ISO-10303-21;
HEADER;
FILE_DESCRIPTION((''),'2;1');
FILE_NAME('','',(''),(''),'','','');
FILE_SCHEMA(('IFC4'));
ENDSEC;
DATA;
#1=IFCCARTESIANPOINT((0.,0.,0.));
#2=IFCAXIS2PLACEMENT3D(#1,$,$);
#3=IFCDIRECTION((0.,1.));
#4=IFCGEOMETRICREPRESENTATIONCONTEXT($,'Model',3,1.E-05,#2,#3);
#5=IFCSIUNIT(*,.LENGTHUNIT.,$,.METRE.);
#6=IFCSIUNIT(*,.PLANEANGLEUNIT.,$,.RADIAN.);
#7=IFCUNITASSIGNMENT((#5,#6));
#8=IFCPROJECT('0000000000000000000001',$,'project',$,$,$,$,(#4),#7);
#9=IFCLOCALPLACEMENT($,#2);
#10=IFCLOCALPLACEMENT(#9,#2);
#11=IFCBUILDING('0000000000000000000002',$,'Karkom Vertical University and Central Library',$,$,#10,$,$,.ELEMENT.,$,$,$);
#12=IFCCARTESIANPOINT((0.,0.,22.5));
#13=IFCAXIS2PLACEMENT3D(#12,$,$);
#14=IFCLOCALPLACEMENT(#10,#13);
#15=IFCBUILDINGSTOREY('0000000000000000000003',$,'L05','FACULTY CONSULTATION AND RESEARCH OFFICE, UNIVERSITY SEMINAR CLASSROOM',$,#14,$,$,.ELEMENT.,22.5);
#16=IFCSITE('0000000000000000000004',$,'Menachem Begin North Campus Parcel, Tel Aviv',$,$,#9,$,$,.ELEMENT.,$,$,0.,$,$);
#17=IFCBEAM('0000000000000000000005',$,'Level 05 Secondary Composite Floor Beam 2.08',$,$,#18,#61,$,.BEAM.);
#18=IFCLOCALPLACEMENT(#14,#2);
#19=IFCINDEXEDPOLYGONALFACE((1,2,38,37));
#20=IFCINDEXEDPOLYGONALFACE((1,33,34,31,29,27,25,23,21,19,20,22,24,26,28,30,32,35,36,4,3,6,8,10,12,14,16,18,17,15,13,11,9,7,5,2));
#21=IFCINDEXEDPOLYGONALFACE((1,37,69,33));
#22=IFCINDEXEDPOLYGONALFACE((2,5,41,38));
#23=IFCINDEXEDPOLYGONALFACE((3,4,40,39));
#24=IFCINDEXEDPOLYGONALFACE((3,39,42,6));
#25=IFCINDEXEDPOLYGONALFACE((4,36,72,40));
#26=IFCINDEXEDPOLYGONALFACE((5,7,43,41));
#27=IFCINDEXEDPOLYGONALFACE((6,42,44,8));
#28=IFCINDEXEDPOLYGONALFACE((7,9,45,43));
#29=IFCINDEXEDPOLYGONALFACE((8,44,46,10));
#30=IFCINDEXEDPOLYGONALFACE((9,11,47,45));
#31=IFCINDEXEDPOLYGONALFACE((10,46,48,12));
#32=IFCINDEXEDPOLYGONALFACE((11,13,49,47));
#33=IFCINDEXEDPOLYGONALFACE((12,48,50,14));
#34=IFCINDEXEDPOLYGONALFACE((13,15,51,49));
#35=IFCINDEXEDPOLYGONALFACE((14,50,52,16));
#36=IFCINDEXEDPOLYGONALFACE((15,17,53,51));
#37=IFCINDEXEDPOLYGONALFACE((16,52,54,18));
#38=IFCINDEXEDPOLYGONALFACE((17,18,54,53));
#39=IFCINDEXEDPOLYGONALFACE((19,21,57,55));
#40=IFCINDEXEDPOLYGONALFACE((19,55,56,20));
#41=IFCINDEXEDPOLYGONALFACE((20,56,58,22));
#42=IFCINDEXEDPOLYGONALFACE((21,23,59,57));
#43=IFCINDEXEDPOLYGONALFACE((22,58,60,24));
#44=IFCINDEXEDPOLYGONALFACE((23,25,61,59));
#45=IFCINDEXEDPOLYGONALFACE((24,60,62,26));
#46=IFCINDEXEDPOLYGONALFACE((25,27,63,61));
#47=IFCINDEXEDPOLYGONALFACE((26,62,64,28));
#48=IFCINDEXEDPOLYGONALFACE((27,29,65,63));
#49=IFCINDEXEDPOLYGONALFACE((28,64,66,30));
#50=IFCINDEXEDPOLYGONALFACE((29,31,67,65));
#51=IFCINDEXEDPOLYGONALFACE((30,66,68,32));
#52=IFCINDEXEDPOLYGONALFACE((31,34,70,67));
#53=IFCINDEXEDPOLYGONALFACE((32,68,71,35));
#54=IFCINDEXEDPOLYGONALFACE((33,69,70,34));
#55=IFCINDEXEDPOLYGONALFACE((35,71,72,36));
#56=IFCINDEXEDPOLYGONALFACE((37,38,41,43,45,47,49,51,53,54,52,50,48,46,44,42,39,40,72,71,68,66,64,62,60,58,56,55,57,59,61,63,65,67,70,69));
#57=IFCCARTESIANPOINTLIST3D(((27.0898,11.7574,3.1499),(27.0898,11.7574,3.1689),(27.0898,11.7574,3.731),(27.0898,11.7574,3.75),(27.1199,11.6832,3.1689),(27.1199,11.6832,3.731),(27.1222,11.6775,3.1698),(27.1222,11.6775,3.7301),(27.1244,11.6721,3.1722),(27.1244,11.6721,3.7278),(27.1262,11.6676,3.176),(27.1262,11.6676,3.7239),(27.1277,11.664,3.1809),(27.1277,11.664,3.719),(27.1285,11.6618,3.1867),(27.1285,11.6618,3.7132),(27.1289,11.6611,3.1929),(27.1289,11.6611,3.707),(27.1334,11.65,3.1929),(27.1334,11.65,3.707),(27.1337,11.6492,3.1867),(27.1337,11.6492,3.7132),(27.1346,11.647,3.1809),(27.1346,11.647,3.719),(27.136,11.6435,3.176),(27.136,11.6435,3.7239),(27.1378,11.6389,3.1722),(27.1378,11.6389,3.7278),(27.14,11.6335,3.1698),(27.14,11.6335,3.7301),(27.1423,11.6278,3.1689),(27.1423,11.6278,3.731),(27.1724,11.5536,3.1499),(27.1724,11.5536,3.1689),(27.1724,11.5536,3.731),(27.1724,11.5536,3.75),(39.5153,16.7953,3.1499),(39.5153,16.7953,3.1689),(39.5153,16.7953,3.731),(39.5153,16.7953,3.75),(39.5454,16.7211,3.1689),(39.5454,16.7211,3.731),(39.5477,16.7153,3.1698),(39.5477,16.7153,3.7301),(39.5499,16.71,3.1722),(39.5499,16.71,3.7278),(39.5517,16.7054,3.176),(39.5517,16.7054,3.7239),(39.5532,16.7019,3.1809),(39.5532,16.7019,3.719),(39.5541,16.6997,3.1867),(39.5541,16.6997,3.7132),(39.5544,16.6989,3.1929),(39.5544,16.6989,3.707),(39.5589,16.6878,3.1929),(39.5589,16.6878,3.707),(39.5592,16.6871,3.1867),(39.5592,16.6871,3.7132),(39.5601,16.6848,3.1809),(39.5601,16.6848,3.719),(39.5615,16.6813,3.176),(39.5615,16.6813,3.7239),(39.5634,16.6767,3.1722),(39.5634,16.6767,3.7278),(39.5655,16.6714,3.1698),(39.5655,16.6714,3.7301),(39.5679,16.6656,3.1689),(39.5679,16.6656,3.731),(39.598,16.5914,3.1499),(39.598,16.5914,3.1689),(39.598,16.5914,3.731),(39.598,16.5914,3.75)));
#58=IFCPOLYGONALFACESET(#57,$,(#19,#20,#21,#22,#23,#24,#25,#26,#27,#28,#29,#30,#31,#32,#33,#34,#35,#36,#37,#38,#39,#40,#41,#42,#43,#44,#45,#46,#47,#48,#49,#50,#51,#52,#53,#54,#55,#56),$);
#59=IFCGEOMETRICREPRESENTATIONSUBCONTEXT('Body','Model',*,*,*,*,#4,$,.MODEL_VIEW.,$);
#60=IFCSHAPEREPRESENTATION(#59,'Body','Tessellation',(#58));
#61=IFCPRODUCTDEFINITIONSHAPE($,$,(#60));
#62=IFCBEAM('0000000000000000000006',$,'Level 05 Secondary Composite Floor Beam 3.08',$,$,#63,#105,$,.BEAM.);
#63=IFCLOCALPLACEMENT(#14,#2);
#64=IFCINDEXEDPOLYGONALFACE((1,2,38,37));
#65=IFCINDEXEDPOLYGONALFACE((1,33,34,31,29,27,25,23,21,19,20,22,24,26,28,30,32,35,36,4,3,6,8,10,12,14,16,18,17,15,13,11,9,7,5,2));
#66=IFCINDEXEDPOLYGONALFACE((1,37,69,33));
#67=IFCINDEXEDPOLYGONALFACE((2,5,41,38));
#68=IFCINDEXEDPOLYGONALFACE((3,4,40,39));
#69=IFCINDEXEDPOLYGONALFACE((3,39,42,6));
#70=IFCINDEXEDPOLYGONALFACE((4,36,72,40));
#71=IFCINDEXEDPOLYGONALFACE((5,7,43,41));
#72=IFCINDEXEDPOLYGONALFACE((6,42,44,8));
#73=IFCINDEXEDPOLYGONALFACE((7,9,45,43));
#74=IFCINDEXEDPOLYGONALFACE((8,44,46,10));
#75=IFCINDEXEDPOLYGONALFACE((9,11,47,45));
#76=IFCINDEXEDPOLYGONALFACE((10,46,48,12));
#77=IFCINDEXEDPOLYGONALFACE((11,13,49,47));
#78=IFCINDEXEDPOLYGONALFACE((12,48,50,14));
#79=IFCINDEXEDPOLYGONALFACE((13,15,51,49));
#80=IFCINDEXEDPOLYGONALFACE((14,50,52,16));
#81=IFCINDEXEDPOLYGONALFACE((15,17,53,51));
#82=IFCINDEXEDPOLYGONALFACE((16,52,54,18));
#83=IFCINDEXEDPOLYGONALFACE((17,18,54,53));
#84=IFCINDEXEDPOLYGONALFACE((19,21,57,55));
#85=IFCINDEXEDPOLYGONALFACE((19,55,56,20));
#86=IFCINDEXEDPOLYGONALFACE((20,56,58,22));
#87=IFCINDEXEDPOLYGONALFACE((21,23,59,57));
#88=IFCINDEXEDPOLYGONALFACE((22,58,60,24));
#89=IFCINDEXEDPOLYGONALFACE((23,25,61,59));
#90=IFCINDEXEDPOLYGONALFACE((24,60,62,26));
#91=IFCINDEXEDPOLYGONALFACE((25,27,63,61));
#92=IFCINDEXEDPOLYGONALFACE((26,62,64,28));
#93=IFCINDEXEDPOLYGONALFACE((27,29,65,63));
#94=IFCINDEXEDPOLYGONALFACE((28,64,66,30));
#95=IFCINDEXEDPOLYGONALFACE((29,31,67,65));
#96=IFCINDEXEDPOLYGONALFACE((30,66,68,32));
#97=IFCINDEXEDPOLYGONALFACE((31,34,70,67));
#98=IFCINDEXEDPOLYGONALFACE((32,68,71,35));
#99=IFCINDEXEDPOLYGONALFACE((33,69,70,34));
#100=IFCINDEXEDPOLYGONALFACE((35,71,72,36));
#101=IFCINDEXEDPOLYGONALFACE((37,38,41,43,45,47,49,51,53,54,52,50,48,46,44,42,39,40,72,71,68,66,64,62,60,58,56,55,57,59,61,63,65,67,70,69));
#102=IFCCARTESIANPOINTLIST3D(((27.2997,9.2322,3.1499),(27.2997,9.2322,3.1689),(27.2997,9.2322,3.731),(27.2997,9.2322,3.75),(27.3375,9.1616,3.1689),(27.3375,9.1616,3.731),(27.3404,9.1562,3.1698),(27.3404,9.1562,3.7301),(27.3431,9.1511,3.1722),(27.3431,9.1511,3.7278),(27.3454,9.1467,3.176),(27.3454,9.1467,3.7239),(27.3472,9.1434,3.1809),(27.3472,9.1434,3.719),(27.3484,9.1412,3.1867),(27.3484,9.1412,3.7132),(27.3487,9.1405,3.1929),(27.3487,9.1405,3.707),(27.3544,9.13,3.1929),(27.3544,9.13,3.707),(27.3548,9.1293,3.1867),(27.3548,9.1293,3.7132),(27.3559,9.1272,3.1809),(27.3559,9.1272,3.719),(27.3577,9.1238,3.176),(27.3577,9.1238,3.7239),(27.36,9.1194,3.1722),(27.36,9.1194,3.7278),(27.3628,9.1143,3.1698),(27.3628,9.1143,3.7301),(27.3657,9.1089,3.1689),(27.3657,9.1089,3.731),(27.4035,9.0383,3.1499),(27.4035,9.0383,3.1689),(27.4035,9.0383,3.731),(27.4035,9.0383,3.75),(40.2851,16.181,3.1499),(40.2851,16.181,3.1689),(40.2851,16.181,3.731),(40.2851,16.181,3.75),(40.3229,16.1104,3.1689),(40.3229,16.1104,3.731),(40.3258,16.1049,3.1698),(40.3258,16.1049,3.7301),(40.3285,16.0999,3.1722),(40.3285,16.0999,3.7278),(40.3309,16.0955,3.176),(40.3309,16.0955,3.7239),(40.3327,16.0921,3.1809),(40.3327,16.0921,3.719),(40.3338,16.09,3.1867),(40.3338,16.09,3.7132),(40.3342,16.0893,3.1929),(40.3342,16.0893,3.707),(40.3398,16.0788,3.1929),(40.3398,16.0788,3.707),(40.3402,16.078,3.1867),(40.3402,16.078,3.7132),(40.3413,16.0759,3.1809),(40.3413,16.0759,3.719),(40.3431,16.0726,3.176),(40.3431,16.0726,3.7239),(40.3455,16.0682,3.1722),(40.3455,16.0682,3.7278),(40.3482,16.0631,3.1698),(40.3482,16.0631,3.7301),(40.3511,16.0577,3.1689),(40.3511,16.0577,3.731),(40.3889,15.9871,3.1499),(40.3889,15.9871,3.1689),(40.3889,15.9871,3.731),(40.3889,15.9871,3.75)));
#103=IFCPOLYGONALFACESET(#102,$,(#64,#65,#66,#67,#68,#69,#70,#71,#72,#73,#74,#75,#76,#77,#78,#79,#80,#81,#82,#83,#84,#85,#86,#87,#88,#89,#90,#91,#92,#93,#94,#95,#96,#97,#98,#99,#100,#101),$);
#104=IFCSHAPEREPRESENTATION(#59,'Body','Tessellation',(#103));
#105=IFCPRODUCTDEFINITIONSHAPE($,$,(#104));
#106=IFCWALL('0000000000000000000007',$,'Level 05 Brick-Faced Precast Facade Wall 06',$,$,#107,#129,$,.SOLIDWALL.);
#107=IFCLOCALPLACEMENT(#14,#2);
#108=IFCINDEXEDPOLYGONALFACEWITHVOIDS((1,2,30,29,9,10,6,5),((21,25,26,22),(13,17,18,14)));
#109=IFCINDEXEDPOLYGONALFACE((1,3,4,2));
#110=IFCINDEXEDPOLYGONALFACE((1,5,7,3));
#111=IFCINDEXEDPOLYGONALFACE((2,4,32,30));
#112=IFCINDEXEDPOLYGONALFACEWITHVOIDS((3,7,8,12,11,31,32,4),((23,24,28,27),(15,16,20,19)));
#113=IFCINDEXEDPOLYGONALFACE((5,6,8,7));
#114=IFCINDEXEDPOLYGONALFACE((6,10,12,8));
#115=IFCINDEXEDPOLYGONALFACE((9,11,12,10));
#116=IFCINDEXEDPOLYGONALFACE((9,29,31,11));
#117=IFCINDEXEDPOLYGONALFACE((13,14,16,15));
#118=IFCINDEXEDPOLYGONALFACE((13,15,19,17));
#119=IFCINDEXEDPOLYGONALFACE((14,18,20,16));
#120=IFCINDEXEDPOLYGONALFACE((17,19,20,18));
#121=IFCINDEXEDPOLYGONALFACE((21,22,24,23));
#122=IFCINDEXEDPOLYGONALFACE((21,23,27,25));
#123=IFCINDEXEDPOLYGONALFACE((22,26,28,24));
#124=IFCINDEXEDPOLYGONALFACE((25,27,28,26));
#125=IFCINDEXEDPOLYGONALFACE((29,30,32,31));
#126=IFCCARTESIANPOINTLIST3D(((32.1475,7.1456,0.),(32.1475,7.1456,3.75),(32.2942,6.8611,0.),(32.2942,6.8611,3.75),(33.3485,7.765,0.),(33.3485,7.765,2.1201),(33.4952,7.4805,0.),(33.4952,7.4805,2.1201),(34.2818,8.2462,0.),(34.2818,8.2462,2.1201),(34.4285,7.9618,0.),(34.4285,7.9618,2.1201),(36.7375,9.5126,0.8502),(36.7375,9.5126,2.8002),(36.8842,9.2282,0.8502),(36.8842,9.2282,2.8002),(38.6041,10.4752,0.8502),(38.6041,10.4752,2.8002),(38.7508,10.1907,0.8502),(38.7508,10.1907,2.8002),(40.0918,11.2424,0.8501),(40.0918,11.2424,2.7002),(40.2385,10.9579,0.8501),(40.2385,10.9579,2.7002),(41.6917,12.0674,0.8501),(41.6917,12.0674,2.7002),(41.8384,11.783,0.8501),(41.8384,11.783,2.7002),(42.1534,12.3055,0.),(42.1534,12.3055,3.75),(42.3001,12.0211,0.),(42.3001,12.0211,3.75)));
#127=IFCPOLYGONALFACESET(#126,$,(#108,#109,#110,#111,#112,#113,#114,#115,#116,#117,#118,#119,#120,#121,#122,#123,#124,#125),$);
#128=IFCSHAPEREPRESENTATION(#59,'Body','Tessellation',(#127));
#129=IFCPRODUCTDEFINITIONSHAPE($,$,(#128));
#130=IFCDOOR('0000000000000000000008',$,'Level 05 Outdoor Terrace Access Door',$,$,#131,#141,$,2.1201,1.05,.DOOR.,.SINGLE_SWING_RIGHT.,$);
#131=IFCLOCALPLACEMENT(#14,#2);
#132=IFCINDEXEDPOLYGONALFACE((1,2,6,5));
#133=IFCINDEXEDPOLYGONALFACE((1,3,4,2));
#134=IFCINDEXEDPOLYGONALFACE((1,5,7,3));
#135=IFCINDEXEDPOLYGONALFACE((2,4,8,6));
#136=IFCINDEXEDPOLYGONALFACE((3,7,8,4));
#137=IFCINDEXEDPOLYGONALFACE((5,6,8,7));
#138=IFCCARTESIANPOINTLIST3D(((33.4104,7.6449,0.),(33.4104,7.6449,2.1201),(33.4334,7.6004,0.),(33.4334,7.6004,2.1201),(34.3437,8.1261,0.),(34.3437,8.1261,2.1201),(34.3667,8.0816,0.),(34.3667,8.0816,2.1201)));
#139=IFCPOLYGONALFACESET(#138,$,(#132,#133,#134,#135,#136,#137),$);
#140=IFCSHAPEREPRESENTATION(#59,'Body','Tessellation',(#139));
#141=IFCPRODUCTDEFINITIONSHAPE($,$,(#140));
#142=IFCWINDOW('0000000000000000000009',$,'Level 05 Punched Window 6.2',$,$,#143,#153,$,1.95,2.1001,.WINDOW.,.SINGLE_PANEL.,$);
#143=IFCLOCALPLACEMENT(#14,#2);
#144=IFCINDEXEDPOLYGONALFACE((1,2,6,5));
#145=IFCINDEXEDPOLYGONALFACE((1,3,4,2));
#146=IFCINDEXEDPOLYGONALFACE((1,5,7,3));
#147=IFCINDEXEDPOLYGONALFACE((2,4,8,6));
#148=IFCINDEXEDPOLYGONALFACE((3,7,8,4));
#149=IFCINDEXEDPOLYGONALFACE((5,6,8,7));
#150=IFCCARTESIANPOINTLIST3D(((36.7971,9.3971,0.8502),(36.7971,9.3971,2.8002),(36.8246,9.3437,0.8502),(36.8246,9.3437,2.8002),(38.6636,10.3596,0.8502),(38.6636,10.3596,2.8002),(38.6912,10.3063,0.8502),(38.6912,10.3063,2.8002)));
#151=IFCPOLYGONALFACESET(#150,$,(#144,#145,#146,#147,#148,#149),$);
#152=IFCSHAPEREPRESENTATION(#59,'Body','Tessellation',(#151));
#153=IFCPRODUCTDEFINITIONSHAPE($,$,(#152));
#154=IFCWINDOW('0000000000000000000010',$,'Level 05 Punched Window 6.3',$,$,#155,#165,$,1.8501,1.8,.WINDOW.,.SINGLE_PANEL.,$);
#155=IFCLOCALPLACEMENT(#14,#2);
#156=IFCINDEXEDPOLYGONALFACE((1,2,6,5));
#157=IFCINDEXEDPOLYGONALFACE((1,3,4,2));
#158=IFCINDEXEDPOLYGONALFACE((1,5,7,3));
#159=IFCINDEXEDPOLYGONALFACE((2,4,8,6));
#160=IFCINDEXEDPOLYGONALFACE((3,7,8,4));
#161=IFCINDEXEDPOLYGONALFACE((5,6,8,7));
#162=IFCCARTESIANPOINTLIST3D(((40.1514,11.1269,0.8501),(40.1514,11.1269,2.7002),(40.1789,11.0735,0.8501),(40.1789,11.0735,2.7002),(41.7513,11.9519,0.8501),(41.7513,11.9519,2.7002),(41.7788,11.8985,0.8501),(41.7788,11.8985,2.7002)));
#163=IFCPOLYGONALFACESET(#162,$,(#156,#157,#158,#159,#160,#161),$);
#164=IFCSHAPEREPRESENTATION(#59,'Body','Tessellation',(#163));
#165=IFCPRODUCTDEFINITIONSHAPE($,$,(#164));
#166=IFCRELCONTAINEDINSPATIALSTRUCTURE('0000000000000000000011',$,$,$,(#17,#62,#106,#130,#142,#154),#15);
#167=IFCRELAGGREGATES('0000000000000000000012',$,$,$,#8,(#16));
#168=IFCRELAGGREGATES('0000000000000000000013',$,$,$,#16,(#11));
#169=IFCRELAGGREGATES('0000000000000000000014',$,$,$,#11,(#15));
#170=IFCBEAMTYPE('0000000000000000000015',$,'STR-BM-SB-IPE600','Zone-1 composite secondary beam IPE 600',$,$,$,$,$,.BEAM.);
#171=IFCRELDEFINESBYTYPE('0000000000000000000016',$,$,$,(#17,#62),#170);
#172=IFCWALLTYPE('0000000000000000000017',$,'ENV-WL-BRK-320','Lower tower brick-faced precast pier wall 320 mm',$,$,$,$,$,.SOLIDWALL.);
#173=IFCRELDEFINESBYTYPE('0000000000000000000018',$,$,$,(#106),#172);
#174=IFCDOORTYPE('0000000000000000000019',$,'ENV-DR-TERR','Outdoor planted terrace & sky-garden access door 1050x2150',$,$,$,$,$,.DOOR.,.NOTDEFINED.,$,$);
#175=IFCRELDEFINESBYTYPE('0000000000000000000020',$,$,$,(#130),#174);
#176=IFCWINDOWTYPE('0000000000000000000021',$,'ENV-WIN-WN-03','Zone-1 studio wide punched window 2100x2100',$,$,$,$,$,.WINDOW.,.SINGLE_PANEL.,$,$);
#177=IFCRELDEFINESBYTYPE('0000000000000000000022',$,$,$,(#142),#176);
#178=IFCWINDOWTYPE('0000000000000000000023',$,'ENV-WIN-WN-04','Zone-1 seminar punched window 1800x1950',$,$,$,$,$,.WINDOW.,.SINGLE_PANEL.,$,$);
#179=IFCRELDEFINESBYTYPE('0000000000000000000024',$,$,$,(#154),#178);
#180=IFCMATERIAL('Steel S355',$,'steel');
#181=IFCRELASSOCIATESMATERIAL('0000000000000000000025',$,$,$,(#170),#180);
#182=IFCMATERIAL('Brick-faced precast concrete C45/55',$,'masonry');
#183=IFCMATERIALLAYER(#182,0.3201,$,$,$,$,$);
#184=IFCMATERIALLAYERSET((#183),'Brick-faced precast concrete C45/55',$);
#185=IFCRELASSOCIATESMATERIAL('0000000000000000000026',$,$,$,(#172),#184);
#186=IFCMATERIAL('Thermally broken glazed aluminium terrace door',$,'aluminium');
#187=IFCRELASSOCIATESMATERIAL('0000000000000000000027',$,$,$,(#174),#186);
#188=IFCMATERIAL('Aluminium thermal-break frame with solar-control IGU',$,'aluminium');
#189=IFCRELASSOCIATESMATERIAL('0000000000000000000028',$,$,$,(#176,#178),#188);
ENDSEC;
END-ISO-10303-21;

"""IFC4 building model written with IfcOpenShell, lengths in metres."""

from ifc_helpers import new_model, si_unit, direction, frame, frame_2d, origin, origin_with_axes, origin_2d, place, context, subcontext, project, spatial, rectangle, i_section, extrude, source, transform, mapped, material, layer, layer_set, material_profile, profile_set, type_object, element, fill, save


model = new_model("IFC4")

# Units and contexts
model_context = context("Model", 3, precision=1e-05, world=origin(), true_north=direction((0.0, 1.0)))
body_context = subcontext(model_context, "Body", "Model", "MODEL_VIEW")
ifc_project = project(units=[si_unit("LENGTHUNIT", "METRE"), si_unit("PLANEANGLEUNIT", "RADIAN")], contexts=[model_context])

# Site, building, storey
site_placement = place(None, origin())
site = spatial("IfcSite", under=ifc_project, at=site_placement, Name="Menachem Begin North Campus Parcel, Tel Aviv", CompositionType="ELEMENT", RefElevation=0.0)
building_placement = place(site_placement, origin())
building = spatial("IfcBuilding", under=site, at=building_placement, Name="Karkom Vertical University and Central Library", CompositionType="ELEMENT")
storey_placement = place(building_placement, frame((0.0, 0.0, 22.5)))
storey = spatial("IfcBuildingStorey", under=building, at=storey_placement, Name="L05", Description="FACULTY CONSULTATION AND RESEARCH OFFICE, UNIVERSITY SEMINAR CLASSROOM", CompositionType="ELEMENT", Elevation=22.5)

# Beams
ifc_material_1 = material(Name="Steel S355", Category="steel")
ifc_material_profile_1 = material_profile(ifc_material_1, i_section(OverallWidth=0.22, OverallDepth=0.6001, WebThickness=0.012, FlangeThickness=0.019, FilletRadius=0.0239, at=origin_2d()), Name="IPE 600")
ifc_profile_set_1 = profile_set([ifc_material_profile_1], Name="Steel S355")
beam_type_1 = type_object("IfcBeamType", Name="STR-BM-SB-IPE600", Description="Zone-1 composite secondary beam IPE 600", PredefinedType="BEAM", material=ifc_profile_set_1)
shared_shape_1 = source(origin_with_axes(), body_context, "Body", "SweptSolid", [
    extrude(i_section(OverallWidth=0.22, OverallDepth=0.6001, WebThickness=0.012, FlangeThickness=0.019, FilletRadius=0.0239, at=origin_2d()), origin(), (0.0, 0.0, 1.0), 13.408),
])
beam_1_placement = place(storey_placement, frame((27.1311, 11.6555, 3.45), z_axis=(0.926727, 0.375735, 0.0), x_axis=(-0.375735, 0.926727, 0.0)))
element("IfcBeam", 1, at=beam_1_placement, inside=storey, type_object=beam_type_1, Name="Level 05 Secondary Composite Floor Beam 2.08", PredefinedType="BEAM", context=body_context, shape_type="MappedRepresentation", body=[
    mapped(shared_shape_1, transform((0.0, 0.0, 0.0), scale=1.0)),
])
shared_shape_2 = source(origin_with_axes(), body_context, "Body", "SweptSolid", [
    extrude(i_section(OverallWidth=0.22, OverallDepth=0.6001, WebThickness=0.012, FlangeThickness=0.019, FilletRadius=0.0239, at=origin_2d()), origin(), (0.0, 0.0, 1.0), 14.7278),
])
beam_2_placement = place(storey_placement, frame((27.3516, 9.1353, 3.45), z_axis=(0.881698, 0.471815, 0.0), x_axis=(-0.471815, 0.881698, 0.0)))
element("IfcBeam", 2, at=beam_2_placement, inside=storey, type_object=beam_type_1, Name="Level 05 Secondary Composite Floor Beam 3.08", PredefinedType="BEAM", context=body_context, shape_type="MappedRepresentation", body=[
    mapped(shared_shape_2, transform((0.0, 0.0, 0.0), scale=1.0)),
])

# Wall, openings, door, windows
ifc_material_2 = material(Name="Brick-faced precast concrete C45/55", Category="masonry")
ifc_layer_1 = layer(ifc_material_2, 0.3201)
ifc_layer_set_1 = layer_set([ifc_layer_1], Name="Brick-faced precast concrete C45/55")
wall_type_1 = type_object("IfcWallType", Name="ENV-WL-BRK-320", Description="Lower tower brick-faced precast pier wall 320 mm", PredefinedType="SOLIDWALL", material=ifc_layer_set_1)
wall_1_placement = place(storey_placement, frame((32.2209, 7.0034, 0.0), z_axis=(0.0, 0.0, 1.0), x_axis=(0.88878, 0.458334, 0.0)))
wall_1 = element("IfcWall", 3, at=wall_1_placement, inside=storey, type_object=wall_type_1, Name="Level 05 Brick-Faced Precast Facade Wall 06", PredefinedType="SOLIDWALL", context=body_context, shape_type="SweptSolid", body=[
    extrude(rectangle(XDim=11.2581, YDim=0.3201, at=frame_2d((5.6289, 0.0))), origin(), (0.0, 0.0, 1.0), 3.75),
])
opening_1_placement = place(wall_1_placement, frame((5.1643, 0.0, 0.8501)))
opening_1 = element("IfcOpeningElement", 4, at=opening_1_placement, cuts=wall_1, PredefinedType="OPENING", context=body_context, shape_type="SweptSolid", body=[
    extrude(rectangle(XDim=2.1001, YDim=1.95, at=frame_2d((1.05, 0.9751))), frame((0.0, 0.1699, 0.0), z_axis=(0.0, -1.0, 0.0), x_axis=(1.0, 0.0, 0.0)), (0.0, 0.0, 1.0), 0.3401),
])
opening_2_placement = place(wall_1_placement, frame((8.9385, 0.0, 0.8501)))
opening_2 = element("IfcOpeningElement", 5, at=opening_2_placement, cuts=wall_1, PredefinedType="OPENING", context=body_context, shape_type="SweptSolid", body=[
    extrude(rectangle(XDim=1.8, YDim=1.8501, at=frame_2d((0.8999, 0.925))), frame((0.0, 0.1699, 0.0), z_axis=(0.0, -1.0, 0.0), x_axis=(1.0, 0.0, 0.0)), (0.0, 0.0, 1.0), 0.3401),
])
opening_3_placement = place(wall_1_placement, frame((1.3513, 0.0, 0.0)))
opening_3 = element("IfcOpeningElement", 6, at=opening_3_placement, cuts=wall_1, PredefinedType="OPENING", context=body_context, shape_type="SweptSolid", body=[
    extrude(rectangle(XDim=1.05, YDim=2.1201, at=frame_2d((0.5249, 1.0601))), frame((0.0, 0.1699, 0.0), z_axis=(0.0, -1.0, 0.0), x_axis=(1.0, 0.0, 0.0)), (0.0, 0.0, 1.0), 0.3401),
])
ifc_material_3 = material(Name="Thermally broken glazed aluminium terrace door", Category="aluminium")
door_type_1 = type_object("IfcDoorType", Name="ENV-DR-TERR", Description="Outdoor planted terrace & sky-garden access door 1050x2150", OperationType="NOTDEFINED", PredefinedType="DOOR", material=ifc_material_3)
shared_shape_3 = source(origin_with_axes(), body_context, "Body", "SweptSolid", [
    extrude(rectangle(XDim=1.05, YDim=2.1201, at=frame_2d((0.5249, 1.0601))), frame((0.0, 0.0249, 0.0), z_axis=(0.0, -1.0, 0.0), x_axis=(1.0, 0.0, 0.0)), (0.0, 0.0, 1.0), 0.05),
])
door_1_placement = place(opening_3_placement, origin())
door_1 = element("IfcDoor", 7, at=door_1_placement, inside=storey, type_object=door_type_1, Name="Level 05 Outdoor Terrace Access Door", OperationType="SINGLE_SWING_RIGHT", OverallHeight=2.1201, OverallWidth=1.05, PredefinedType="DOOR", context=body_context, shape_type="MappedRepresentation", body=[
    mapped(shared_shape_3, transform((0.0, 0.0, 0.0), scale=1.0)),
])
fill(opening_3, door_1)
ifc_material_4 = material(Name="Aluminium thermal-break frame with solar-control IGU", Category="aluminium")
window_type_1 = type_object("IfcWindowType", Name="ENV-WIN-WN-03", Description="Zone-1 studio wide punched window 2100x2100", PartitioningType="SINGLE_PANEL", PredefinedType="WINDOW", material=ifc_material_4)
shared_shape_4 = source(origin_with_axes(), body_context, "Body", "SweptSolid", [
    extrude(rectangle(XDim=2.1001, YDim=1.95, at=frame_2d((1.05, 0.9751))), frame((0.0, 0.03, 0.0), z_axis=(0.0, -1.0, 0.0), x_axis=(1.0, 0.0, 0.0)), (0.0, 0.0, 1.0), 0.0601),
])
window_1_placement = place(opening_1_placement, origin())
window_1 = element("IfcWindow", 8, at=window_1_placement, inside=storey, type_object=window_type_1, Name="Level 05 Punched Window 6.2", OverallHeight=1.95, OverallWidth=2.1001, PartitioningType="SINGLE_PANEL", PredefinedType="WINDOW", context=body_context, shape_type="MappedRepresentation", body=[
    mapped(shared_shape_4, transform((0.0, 0.0, 0.0), scale=1.0)),
])
fill(opening_1, window_1)
window_type_2 = type_object("IfcWindowType", Name="ENV-WIN-WN-04", Description="Zone-1 seminar punched window 1800x1950", PartitioningType="SINGLE_PANEL", PredefinedType="WINDOW", material=ifc_material_4)
shared_shape_5 = source(origin_with_axes(), body_context, "Body", "SweptSolid", [
    extrude(rectangle(XDim=1.8, YDim=1.8501, at=frame_2d((0.8999, 0.925))), frame((0.0, 0.03, 0.0), z_axis=(0.0, -1.0, 0.0), x_axis=(1.0, 0.0, 0.0)), (0.0, 0.0, 1.0), 0.0601),
])
window_2_placement = place(opening_2_placement, origin())
window_2 = element("IfcWindow", 9, at=window_2_placement, inside=storey, type_object=window_type_2, Name="Level 05 Punched Window 6.3", OverallHeight=1.8501, OverallWidth=1.8, PartitioningType="SINGLE_PANEL", PredefinedType="WINDOW", context=body_context, shape_type="MappedRepresentation", body=[
    mapped(shared_shape_5, transform((0.0, 0.0, 0.0), scale=1.0)),
])
fill(opening_2, window_2)

save(model, "model.ifc")
